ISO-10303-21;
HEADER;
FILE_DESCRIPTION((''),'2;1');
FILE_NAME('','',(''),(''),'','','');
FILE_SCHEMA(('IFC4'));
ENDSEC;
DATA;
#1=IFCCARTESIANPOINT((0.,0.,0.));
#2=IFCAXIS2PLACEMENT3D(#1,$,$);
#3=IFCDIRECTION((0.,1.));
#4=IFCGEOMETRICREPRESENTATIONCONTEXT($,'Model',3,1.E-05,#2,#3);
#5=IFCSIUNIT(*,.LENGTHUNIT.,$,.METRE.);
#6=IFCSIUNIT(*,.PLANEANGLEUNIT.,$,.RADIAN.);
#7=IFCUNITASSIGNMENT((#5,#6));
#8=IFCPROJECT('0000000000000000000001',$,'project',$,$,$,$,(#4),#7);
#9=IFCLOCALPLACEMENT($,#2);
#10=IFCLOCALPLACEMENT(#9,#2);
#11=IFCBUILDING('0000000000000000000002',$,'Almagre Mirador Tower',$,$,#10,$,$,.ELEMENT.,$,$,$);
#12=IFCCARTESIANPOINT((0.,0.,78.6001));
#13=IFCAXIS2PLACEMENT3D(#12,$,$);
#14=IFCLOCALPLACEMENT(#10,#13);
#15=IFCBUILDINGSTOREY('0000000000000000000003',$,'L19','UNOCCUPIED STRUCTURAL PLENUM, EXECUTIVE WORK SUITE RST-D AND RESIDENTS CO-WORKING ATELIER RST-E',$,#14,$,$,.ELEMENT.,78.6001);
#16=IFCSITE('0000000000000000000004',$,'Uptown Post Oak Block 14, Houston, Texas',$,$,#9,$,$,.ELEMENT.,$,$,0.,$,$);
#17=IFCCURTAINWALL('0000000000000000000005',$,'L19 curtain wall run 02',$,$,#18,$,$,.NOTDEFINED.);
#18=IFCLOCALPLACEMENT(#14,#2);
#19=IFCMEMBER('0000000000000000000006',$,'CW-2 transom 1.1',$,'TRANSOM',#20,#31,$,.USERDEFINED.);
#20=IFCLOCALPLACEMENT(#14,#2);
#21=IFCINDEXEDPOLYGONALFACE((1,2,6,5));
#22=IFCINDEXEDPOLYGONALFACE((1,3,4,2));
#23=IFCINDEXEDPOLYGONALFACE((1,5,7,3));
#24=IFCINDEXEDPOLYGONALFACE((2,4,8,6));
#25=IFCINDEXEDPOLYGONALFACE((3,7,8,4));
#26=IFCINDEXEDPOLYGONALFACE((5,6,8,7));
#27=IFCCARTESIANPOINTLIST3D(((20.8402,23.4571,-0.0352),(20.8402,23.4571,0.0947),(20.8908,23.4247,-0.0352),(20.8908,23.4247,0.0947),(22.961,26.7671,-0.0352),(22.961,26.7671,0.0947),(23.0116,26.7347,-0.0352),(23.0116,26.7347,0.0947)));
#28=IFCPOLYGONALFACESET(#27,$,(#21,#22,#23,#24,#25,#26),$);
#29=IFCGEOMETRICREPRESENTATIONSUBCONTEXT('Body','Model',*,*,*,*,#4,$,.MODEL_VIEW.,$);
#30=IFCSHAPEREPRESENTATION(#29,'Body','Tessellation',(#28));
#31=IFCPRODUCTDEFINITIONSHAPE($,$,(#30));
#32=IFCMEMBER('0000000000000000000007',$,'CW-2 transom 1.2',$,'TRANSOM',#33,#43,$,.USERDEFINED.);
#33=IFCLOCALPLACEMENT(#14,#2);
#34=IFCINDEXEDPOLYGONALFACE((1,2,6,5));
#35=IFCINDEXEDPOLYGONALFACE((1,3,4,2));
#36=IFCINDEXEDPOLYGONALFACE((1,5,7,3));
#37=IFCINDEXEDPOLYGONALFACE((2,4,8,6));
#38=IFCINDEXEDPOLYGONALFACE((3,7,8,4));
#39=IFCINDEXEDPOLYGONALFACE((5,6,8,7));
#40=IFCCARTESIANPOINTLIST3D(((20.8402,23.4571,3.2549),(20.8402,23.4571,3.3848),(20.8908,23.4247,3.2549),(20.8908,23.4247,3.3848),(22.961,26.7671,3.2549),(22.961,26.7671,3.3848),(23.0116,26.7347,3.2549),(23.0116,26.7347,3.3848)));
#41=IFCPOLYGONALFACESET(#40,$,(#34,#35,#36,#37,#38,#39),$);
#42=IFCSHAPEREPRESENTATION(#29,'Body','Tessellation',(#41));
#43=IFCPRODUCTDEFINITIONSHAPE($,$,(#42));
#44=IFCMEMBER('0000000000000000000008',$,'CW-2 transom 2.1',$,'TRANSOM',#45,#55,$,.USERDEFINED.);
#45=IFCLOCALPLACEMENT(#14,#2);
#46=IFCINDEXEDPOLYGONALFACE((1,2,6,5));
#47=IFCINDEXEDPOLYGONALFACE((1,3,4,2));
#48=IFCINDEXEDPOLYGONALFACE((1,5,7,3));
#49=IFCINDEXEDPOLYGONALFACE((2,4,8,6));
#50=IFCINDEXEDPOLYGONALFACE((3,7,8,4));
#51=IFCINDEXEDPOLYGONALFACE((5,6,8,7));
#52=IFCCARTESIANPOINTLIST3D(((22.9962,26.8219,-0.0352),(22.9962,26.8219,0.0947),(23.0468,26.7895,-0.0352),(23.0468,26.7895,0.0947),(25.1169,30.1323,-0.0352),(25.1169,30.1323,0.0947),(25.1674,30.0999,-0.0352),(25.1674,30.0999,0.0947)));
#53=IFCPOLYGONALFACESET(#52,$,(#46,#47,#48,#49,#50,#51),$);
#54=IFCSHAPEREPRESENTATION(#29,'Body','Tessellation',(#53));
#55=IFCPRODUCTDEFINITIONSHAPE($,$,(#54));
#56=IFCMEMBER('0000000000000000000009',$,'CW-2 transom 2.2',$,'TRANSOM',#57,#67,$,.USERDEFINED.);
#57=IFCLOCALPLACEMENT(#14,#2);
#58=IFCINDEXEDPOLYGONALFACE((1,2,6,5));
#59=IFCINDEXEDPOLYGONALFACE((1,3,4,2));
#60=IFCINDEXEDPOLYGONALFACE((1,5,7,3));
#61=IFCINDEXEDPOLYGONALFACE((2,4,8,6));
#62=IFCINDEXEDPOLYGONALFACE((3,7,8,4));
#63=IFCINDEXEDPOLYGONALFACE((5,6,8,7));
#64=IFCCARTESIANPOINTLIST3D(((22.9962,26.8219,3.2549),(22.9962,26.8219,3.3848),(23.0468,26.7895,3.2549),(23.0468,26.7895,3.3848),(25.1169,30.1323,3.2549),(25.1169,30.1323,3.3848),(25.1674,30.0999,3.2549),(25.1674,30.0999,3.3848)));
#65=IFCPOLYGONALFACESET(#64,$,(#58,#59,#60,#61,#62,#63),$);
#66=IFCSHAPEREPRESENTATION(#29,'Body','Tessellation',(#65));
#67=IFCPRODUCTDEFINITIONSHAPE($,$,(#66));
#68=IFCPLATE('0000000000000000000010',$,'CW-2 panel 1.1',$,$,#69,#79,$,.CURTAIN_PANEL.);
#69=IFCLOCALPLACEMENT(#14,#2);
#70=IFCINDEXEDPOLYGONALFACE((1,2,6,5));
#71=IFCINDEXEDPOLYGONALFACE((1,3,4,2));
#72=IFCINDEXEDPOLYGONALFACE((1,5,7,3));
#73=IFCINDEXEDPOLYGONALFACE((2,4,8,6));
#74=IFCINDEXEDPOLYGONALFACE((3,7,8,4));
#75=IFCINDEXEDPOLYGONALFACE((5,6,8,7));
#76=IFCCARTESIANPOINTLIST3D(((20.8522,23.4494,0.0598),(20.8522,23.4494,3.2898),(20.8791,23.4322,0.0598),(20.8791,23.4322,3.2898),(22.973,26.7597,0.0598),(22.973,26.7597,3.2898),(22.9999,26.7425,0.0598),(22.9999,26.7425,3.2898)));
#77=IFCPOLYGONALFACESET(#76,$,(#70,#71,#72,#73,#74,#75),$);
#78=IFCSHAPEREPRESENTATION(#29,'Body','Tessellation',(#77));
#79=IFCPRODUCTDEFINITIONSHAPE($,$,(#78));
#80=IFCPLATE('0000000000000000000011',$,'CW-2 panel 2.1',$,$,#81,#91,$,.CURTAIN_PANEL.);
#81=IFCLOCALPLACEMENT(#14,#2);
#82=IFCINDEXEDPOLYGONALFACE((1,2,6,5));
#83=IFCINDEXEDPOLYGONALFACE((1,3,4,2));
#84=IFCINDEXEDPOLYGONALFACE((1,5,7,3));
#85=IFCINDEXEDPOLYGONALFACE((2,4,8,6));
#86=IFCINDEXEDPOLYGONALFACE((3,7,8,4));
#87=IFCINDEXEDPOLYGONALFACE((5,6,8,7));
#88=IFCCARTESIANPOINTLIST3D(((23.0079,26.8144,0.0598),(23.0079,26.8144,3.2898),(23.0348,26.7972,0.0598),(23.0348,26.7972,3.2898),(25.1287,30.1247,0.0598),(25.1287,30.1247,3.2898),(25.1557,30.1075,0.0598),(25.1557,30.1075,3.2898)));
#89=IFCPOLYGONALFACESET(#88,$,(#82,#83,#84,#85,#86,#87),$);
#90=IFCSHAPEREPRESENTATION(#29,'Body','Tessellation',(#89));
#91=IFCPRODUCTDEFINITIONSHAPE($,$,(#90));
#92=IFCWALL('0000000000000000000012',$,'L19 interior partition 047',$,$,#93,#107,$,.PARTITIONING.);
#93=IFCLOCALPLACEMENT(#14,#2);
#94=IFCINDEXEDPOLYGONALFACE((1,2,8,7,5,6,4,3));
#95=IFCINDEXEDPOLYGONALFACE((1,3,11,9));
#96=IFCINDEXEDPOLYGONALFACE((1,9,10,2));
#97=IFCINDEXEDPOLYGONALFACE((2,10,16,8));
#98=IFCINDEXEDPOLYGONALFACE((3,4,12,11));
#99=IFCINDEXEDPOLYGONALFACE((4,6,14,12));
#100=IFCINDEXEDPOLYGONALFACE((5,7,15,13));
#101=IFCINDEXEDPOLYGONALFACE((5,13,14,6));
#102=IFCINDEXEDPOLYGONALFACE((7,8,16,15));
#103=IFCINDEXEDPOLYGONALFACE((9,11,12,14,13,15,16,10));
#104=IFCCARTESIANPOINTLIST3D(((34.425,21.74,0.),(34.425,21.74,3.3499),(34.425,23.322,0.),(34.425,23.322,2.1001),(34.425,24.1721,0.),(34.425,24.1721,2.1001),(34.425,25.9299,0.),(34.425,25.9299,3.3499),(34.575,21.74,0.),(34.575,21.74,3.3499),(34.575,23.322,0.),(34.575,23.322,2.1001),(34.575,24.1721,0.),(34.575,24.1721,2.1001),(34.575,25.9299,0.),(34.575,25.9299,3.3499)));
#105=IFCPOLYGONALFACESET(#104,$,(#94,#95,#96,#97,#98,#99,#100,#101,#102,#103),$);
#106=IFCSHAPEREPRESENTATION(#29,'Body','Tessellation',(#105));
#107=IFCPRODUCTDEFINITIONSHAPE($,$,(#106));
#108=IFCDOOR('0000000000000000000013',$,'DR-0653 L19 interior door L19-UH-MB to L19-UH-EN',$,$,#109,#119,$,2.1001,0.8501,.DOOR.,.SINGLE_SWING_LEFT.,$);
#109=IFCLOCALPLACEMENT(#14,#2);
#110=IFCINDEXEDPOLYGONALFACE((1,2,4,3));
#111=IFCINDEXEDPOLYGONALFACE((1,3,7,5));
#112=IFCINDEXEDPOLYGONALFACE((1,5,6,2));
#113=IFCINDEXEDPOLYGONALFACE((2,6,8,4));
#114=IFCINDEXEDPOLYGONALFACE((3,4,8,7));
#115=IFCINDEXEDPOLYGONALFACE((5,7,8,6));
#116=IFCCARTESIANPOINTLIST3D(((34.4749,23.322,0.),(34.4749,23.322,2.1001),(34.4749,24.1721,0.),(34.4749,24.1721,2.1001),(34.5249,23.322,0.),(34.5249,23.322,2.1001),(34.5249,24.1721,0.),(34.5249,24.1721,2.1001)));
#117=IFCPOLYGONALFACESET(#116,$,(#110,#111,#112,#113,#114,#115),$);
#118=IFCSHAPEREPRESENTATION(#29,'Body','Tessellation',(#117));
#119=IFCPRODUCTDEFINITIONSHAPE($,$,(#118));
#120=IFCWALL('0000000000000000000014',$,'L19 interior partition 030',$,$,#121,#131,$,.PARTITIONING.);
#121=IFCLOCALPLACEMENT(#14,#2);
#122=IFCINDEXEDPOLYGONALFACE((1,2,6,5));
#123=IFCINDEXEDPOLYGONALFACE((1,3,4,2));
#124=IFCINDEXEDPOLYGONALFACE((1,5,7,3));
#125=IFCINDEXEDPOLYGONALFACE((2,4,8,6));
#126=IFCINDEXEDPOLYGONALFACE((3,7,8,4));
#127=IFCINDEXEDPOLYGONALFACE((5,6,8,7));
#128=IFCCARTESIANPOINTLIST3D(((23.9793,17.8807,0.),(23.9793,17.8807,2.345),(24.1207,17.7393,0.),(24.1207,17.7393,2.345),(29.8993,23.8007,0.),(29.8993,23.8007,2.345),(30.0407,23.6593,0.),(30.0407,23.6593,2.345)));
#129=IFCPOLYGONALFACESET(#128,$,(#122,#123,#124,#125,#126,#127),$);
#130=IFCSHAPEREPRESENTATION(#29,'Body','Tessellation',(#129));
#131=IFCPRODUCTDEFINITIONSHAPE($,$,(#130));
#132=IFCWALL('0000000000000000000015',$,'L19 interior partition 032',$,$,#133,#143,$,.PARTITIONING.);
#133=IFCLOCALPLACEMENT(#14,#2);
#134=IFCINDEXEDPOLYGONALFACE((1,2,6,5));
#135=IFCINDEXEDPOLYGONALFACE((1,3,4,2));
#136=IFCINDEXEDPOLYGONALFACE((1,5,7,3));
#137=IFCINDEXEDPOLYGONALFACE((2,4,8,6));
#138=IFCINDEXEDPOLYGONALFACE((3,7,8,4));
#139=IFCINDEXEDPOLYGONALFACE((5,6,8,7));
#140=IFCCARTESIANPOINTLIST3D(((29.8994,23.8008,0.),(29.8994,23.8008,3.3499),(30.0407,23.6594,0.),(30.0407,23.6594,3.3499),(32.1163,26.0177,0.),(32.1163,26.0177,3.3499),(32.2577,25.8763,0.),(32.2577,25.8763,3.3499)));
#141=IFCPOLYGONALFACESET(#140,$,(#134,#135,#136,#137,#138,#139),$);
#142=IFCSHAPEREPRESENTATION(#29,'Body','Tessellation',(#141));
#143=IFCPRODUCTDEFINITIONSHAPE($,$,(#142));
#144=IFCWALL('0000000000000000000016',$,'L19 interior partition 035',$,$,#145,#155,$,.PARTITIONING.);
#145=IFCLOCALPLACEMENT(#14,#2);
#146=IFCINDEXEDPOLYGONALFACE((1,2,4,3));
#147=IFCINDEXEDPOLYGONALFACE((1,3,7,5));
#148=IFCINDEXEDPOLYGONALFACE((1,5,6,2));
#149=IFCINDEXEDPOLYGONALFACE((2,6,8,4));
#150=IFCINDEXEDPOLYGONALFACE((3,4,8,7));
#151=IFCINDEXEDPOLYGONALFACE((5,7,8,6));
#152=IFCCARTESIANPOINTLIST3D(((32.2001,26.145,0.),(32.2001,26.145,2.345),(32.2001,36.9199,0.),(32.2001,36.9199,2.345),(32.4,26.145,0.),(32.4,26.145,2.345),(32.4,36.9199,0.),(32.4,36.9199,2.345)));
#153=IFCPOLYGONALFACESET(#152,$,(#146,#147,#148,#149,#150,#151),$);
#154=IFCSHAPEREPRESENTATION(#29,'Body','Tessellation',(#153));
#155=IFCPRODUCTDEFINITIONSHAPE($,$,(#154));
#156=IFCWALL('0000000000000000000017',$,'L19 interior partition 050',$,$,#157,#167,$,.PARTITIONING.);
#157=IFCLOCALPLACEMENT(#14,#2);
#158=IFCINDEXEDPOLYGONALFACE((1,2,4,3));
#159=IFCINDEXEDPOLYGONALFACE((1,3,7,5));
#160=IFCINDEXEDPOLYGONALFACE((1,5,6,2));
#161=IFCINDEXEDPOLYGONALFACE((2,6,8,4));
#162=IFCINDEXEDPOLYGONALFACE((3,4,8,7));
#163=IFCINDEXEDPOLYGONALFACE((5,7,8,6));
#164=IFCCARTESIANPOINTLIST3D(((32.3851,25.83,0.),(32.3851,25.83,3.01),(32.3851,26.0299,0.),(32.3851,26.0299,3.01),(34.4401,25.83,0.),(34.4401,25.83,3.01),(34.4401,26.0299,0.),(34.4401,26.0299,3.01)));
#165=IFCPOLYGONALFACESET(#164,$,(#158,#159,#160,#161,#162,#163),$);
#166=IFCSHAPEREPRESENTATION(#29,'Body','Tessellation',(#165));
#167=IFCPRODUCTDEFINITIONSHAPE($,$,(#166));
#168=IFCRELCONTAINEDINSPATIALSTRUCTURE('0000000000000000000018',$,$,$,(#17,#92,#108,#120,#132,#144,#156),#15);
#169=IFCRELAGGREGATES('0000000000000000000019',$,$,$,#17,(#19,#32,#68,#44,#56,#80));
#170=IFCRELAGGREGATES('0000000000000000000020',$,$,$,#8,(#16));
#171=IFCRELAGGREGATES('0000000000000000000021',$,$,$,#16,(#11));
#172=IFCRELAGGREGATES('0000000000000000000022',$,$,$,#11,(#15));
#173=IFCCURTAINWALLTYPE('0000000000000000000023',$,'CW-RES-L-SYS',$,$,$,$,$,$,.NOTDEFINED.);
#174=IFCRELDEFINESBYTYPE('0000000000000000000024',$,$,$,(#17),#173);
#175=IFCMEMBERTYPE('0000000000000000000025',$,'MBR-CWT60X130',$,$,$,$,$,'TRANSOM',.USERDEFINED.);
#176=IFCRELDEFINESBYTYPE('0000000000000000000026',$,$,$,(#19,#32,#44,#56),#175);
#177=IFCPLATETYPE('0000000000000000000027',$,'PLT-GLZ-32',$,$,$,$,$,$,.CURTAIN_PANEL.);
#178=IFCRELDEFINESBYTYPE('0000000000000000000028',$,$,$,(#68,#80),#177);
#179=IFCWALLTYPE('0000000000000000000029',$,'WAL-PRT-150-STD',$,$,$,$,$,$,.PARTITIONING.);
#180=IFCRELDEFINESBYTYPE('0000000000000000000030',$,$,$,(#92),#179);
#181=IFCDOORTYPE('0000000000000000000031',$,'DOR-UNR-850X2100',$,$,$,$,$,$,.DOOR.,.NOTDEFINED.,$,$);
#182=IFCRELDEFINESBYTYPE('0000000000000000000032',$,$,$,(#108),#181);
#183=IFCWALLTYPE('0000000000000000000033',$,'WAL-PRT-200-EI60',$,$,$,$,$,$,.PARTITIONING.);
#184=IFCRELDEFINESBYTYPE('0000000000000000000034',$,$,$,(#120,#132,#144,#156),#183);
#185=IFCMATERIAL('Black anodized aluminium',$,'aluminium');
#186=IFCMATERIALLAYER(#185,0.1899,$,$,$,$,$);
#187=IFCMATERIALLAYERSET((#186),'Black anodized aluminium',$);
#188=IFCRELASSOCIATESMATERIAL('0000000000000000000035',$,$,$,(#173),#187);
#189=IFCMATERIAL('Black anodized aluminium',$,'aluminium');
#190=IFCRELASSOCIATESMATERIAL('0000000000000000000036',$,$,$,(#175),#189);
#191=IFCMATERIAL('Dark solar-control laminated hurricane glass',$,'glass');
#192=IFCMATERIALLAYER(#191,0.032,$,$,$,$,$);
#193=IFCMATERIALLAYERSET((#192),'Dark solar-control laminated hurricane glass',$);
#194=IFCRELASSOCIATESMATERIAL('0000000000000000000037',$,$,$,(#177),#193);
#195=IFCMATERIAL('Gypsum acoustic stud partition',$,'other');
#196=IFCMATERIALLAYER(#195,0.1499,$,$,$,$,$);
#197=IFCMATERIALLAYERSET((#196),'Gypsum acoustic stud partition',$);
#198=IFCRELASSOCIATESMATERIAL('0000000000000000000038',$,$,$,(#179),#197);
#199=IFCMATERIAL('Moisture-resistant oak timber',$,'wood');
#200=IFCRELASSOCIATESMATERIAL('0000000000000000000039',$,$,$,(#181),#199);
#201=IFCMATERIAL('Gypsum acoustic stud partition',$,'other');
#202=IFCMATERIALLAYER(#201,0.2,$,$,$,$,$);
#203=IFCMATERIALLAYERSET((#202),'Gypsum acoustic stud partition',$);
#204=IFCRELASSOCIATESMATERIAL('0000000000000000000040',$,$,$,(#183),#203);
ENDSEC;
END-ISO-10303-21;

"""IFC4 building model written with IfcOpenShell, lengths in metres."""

from ifc_helpers import new_model, si_unit, direction, frame, frame_2d, origin, origin_2d, place, context, subcontext, project, spatial, rectangle, extrude, material, layer, layer_set, material_profile, profile_set, type_object, element, fill, aggregate, save


model = new_model("IFC4")

# Units and contexts
model_context = context("Model", 3, precision=1e-05, world=origin(), true_north=direction((0.0, 1.0)))
body_context = subcontext(model_context, "Body", "Model", "MODEL_VIEW")
ifc_project = project(units=[si_unit("LENGTHUNIT", "METRE"), si_unit("PLANEANGLEUNIT", "RADIAN")], contexts=[model_context])

# Site, building, storey
site_placement = place(None, origin())
site = spatial("IfcSite", under=ifc_project, at=site_placement, Name="Uptown Post Oak Block 14, Houston, Texas", CompositionType="ELEMENT", RefElevation=0.0)
building_placement = place(site_placement, origin())
building = spatial("IfcBuilding", under=site, at=building_placement, Name="Almagre Mirador Tower", CompositionType="ELEMENT")
storey_placement = place(building_placement, frame((0.0, 0.0, 78.6001)))
storey = spatial("IfcBuildingStorey", under=building, at=storey_placement, Name="L19", Description="UNOCCUPIED STRUCTURAL PLENUM, EXECUTIVE WORK SUITE RST-D AND RESIDENTS CO-WORKING ATELIER RST-E", CompositionType="ELEMENT", Elevation=78.6001)

# Curtain wall, members, plates
ifc_material_1 = material(Name="Black anodized aluminium", Category="aluminium")
ifc_layer_1 = layer(ifc_material_1, 0.1899)
ifc_layer_set_1 = layer_set([ifc_layer_1], Name="Black anodized aluminium")
curtain_wall_type = type_object("IfcCurtainWallType", Name="CW-RES-L-SYS", PredefinedType="NOTDEFINED", material=ifc_layer_set_1)
curtain_wall_placement = place(storey_placement, origin())
curtain_wall = element("IfcCurtainWall", 1, at=curtain_wall_placement, inside=storey, type_object=curtain_wall_type, Name="L19 curtain wall run 02", PredefinedType="NOTDEFINED")
ifc_material_2 = material(Name="Black anodized aluminium", Category="aluminium")
ifc_material_profile_1 = material_profile(ifc_material_2, rectangle(XDim=0.0601, YDim=0.1299, at=origin_2d()), Name="CWT60X130")
ifc_profile_set_1 = profile_set([ifc_material_profile_1], Name="Black anodized aluminium")
member_type_1 = type_object("IfcMemberType", Name="MBR-CWT60X130", ElementType="TRANSOM", PredefinedType="USERDEFINED", material=ifc_profile_set_1)
member_1_placement = place(storey_placement, frame((20.8655, 23.4409, 0.0298), z_axis=(0.539489, 0.841993, 0.0), x_axis=(-0.841993, 0.539489, 0.0)))
member_1 = element("IfcMember", 2, at=member_1_placement, type_object=member_type_1, Name="CW-2 transom 1.1", ObjectType="TRANSOM", PredefinedType="USERDEFINED", context=body_context, shape_type="SweptSolid", body=[
    extrude(rectangle(XDim=0.0601, YDim=0.1299, at=origin_2d()), origin(), (0.0, 0.0, 1.0), 3.9312),
])
member_2_placement = place(storey_placement, frame((20.8655, 23.4409, 3.3198), z_axis=(0.539489, 0.841993, 0.0), x_axis=(-0.841993, 0.539489, 0.0)))
member_2 = element("IfcMember", 3, at=member_2_placement, type_object=member_type_1, Name="CW-2 transom 1.2", ObjectType="TRANSOM", PredefinedType="USERDEFINED", context=body_context, shape_type="SweptSolid", body=[
    extrude(rectangle(XDim=0.0601, YDim=0.1299, at=origin_2d()), origin(), (0.0, 0.0, 1.0), 3.9312),
])
member_3_placement = place(storey_placement, frame((23.0215, 26.8057, 0.0298), z_axis=(0.539417, 0.842039, 0.0), x_axis=(-0.842039, 0.539417, 0.0)))
member_3 = element("IfcMember", 4, at=member_3_placement, type_object=member_type_1, Name="CW-2 transom 2.1", ObjectType="TRANSOM", PredefinedType="USERDEFINED", context=body_context, shape_type="SweptSolid", body=[
    extrude(rectangle(XDim=0.0601, YDim=0.1299, at=origin_2d()), origin(), (0.0, 0.0, 1.0), 3.9314),
])
member_4_placement = place(storey_placement, frame((23.0215, 26.8057, 3.3198), z_axis=(0.539417, 0.842039, 0.0), x_axis=(-0.842039, 0.539417, 0.0)))
member_4 = element("IfcMember", 5, at=member_4_placement, type_object=member_type_1, Name="CW-2 transom 2.2", ObjectType="TRANSOM", PredefinedType="USERDEFINED", context=body_context, shape_type="SweptSolid", body=[
    extrude(rectangle(XDim=0.0601, YDim=0.1299, at=origin_2d()), origin(), (0.0, 0.0, 1.0), 3.9314),
])
ifc_material_3 = material(Name="Dark solar-control laminated hurricane glass", Category="glass")
ifc_layer_2 = layer(ifc_material_3, 0.032)
ifc_layer_set_2 = layer_set([ifc_layer_2], Name="Dark solar-control laminated hurricane glass")
plate_type = type_object("IfcPlateType", Name="PLT-GLZ-32", PredefinedType="CURTAIN_PANEL", material=ifc_layer_set_2)
plate_1_placement = place(storey_placement, frame((21.926, 25.0959, 0.0598), z_axis=(0.0, 0.0, 1.0), x_axis=(0.539455, 0.842015, 0.0)))
plate_1 = element("IfcPlate", 6, at=plate_1_placement, type_object=plate_type, Name="CW-2 panel 1.1", PredefinedType="CURTAIN_PANEL", context=body_context, shape_type="SweptSolid", body=[
    extrude(rectangle(XDim=3.9314, YDim=0.032, at=origin_2d()), origin(), (0.0, 0.0, 1.0), 3.23),
])
plate_2_placement = place(storey_placement, frame((24.0818, 28.4609, 0.0598), z_axis=(0.0, 0.0, 1.0), x_axis=(0.539455, 0.842015, 0.0)))
plate_2 = element("IfcPlate", 7, at=plate_2_placement, type_object=plate_type, Name="CW-2 panel 2.1", PredefinedType="CURTAIN_PANEL", context=body_context, shape_type="SweptSolid", body=[
    extrude(rectangle(XDim=3.9314, YDim=0.032, at=origin_2d()), origin(), (0.0, 0.0, 1.0), 3.23),
])
aggregate(curtain_wall, [member_1, member_2, plate_1, member_3, member_4, plate_2])

# Wall, opening, door
ifc_material_4 = material(Name="Gypsum acoustic stud partition", Category="other")
ifc_layer_3 = layer(ifc_material_4, 0.1499)
ifc_layer_set_3 = layer_set([ifc_layer_3], Name="Gypsum acoustic stud partition")
wall_type_1 = type_object("IfcWallType", Name="WAL-PRT-150-STD", PredefinedType="PARTITIONING", material=ifc_layer_set_3)
wall_1_placement = place(storey_placement, frame((34.5, 25.9299, 0.0), z_axis=(0.0, 0.0, 1.0), x_axis=(0.0, -1.0, 0.0)))
wall_1 = element("IfcWall", 8, at=wall_1_placement, inside=storey, type_object=wall_type_1, Name="L19 interior partition 047", PredefinedType="PARTITIONING", context=body_context, shape_type="SweptSolid", body=[
    extrude(rectangle(XDim=4.1899, YDim=0.1499, at=frame_2d((2.095, 0.0))), origin(), (0.0, 0.0, 1.0), 3.3499),
])
opening_placement = place(wall_1_placement, frame((1.7578, 0.0, 0.0)))
opening = element("IfcOpeningElement", 9, at=opening_placement, cuts=wall_1, PredefinedType="OPENING", context=body_context, shape_type="SweptSolid", body=[
    extrude(rectangle(XDim=0.8501, YDim=2.1001, at=frame_2d((0.425, 1.05))), frame((0.0, 0.085, 0.0), z_axis=(0.0, -1.0, 0.0), x_axis=(1.0, 0.0, 0.0)), (0.0, 0.0, 1.0), 0.1699),
])
ifc_material_5 = material(Name="Moisture-resistant oak timber", Category="wood")
door_type = type_object("IfcDoorType", Name="DOR-UNR-850X2100", OperationType="NOTDEFINED", PredefinedType="DOOR", material=ifc_material_5)
door_placement = place(opening_placement, origin())
door = element("IfcDoor", 10, at=door_placement, inside=storey, type_object=door_type, Name="DR-0653 L19 interior door L19-UH-MB to L19-UH-EN", OperationType="SINGLE_SWING_LEFT", OverallHeight=2.1001, OverallWidth=0.8501, PredefinedType="DOOR", context=body_context, shape_type="SweptSolid", body=[
    extrude(rectangle(XDim=0.8501, YDim=2.1001, at=frame_2d((0.425, 1.05))), frame((0.0, 0.0249, 0.0), z_axis=(0.0, -1.0, 0.0), x_axis=(1.0, 0.0, 0.0)), (0.0, 0.0, 1.0), 0.05),
])
fill(opening, door)

# Walls
ifc_material_6 = material(Name="Gypsum acoustic stud partition", Category="other")
ifc_layer_4 = layer(ifc_material_6, 0.2)
ifc_layer_set_4 = layer_set([ifc_layer_4], Name="Gypsum acoustic stud partition")
wall_type_2 = type_object("IfcWallType", Name="WAL-PRT-200-EI60", PredefinedType="PARTITIONING", material=ifc_layer_set_4)
wall_2_placement = place(storey_placement, frame((29.97, 23.73, 0.0), z_axis=(0.0, 0.0, 1.0), x_axis=(-0.707107, -0.707107, 0.0)))
element("IfcWall", 11, at=wall_2_placement, inside=storey, type_object=wall_type_2, Name="L19 interior partition 030", PredefinedType="PARTITIONING", context=body_context, shape_type="SweptSolid", body=[
    extrude(rectangle(XDim=8.3721, YDim=0.2, at=frame_2d((4.186, 0.0))), origin(), (0.0, 0.0, 1.0), 2.345),
])
wall_3_placement = place(storey_placement, frame((32.187, 25.947, 0.0), z_axis=(0.0, 0.0, 1.0), x_axis=(-0.707107, -0.707107, 0.0)))
element("IfcWall", 12, at=wall_3_placement, inside=storey, type_object=wall_type_2, Name="L19 interior partition 032", PredefinedType="PARTITIONING", context=body_context, shape_type="SweptSolid", body=[
    extrude(rectangle(XDim=3.1353, YDim=0.2, at=frame_2d((1.5676, 0.0))), origin(), (0.0, 0.0, 1.0), 3.3499),
])
wall_4_placement = place(storey_placement, frame((32.3, 26.145, 0.0), z_axis=(0.0, 0.0, 1.0), x_axis=(0.0, 1.0, 0.0)))
element("IfcWall", 13, at=wall_4_placement, inside=storey, type_object=wall_type_2, Name="L19 interior partition 035", PredefinedType="PARTITIONING", context=body_context, shape_type="SweptSolid", body=[
    extrude(rectangle(XDim=10.7749, YDim=0.2, at=frame_2d((5.3875, 0.0))), origin(), (0.0, 0.0, 1.0), 2.345),
])
wall_5_placement = place(storey_placement, frame((34.4399, 25.9299, 0.0), z_axis=(0.0, 0.0, 1.0), x_axis=(-1.0, 0.0, 0.0)))
element("IfcWall", 14, at=wall_5_placement, inside=storey, type_object=wall_type_2, Name="L19 interior partition 050", PredefinedType="PARTITIONING", context=body_context, shape_type="SweptSolid", body=[
    extrude(rectangle(XDim=2.0549, YDim=0.2, at=frame_2d((1.0273, 0.0))), origin(), (0.0, 0.0, 1.0), 3.01),
])

save(model, "model.ifc")
